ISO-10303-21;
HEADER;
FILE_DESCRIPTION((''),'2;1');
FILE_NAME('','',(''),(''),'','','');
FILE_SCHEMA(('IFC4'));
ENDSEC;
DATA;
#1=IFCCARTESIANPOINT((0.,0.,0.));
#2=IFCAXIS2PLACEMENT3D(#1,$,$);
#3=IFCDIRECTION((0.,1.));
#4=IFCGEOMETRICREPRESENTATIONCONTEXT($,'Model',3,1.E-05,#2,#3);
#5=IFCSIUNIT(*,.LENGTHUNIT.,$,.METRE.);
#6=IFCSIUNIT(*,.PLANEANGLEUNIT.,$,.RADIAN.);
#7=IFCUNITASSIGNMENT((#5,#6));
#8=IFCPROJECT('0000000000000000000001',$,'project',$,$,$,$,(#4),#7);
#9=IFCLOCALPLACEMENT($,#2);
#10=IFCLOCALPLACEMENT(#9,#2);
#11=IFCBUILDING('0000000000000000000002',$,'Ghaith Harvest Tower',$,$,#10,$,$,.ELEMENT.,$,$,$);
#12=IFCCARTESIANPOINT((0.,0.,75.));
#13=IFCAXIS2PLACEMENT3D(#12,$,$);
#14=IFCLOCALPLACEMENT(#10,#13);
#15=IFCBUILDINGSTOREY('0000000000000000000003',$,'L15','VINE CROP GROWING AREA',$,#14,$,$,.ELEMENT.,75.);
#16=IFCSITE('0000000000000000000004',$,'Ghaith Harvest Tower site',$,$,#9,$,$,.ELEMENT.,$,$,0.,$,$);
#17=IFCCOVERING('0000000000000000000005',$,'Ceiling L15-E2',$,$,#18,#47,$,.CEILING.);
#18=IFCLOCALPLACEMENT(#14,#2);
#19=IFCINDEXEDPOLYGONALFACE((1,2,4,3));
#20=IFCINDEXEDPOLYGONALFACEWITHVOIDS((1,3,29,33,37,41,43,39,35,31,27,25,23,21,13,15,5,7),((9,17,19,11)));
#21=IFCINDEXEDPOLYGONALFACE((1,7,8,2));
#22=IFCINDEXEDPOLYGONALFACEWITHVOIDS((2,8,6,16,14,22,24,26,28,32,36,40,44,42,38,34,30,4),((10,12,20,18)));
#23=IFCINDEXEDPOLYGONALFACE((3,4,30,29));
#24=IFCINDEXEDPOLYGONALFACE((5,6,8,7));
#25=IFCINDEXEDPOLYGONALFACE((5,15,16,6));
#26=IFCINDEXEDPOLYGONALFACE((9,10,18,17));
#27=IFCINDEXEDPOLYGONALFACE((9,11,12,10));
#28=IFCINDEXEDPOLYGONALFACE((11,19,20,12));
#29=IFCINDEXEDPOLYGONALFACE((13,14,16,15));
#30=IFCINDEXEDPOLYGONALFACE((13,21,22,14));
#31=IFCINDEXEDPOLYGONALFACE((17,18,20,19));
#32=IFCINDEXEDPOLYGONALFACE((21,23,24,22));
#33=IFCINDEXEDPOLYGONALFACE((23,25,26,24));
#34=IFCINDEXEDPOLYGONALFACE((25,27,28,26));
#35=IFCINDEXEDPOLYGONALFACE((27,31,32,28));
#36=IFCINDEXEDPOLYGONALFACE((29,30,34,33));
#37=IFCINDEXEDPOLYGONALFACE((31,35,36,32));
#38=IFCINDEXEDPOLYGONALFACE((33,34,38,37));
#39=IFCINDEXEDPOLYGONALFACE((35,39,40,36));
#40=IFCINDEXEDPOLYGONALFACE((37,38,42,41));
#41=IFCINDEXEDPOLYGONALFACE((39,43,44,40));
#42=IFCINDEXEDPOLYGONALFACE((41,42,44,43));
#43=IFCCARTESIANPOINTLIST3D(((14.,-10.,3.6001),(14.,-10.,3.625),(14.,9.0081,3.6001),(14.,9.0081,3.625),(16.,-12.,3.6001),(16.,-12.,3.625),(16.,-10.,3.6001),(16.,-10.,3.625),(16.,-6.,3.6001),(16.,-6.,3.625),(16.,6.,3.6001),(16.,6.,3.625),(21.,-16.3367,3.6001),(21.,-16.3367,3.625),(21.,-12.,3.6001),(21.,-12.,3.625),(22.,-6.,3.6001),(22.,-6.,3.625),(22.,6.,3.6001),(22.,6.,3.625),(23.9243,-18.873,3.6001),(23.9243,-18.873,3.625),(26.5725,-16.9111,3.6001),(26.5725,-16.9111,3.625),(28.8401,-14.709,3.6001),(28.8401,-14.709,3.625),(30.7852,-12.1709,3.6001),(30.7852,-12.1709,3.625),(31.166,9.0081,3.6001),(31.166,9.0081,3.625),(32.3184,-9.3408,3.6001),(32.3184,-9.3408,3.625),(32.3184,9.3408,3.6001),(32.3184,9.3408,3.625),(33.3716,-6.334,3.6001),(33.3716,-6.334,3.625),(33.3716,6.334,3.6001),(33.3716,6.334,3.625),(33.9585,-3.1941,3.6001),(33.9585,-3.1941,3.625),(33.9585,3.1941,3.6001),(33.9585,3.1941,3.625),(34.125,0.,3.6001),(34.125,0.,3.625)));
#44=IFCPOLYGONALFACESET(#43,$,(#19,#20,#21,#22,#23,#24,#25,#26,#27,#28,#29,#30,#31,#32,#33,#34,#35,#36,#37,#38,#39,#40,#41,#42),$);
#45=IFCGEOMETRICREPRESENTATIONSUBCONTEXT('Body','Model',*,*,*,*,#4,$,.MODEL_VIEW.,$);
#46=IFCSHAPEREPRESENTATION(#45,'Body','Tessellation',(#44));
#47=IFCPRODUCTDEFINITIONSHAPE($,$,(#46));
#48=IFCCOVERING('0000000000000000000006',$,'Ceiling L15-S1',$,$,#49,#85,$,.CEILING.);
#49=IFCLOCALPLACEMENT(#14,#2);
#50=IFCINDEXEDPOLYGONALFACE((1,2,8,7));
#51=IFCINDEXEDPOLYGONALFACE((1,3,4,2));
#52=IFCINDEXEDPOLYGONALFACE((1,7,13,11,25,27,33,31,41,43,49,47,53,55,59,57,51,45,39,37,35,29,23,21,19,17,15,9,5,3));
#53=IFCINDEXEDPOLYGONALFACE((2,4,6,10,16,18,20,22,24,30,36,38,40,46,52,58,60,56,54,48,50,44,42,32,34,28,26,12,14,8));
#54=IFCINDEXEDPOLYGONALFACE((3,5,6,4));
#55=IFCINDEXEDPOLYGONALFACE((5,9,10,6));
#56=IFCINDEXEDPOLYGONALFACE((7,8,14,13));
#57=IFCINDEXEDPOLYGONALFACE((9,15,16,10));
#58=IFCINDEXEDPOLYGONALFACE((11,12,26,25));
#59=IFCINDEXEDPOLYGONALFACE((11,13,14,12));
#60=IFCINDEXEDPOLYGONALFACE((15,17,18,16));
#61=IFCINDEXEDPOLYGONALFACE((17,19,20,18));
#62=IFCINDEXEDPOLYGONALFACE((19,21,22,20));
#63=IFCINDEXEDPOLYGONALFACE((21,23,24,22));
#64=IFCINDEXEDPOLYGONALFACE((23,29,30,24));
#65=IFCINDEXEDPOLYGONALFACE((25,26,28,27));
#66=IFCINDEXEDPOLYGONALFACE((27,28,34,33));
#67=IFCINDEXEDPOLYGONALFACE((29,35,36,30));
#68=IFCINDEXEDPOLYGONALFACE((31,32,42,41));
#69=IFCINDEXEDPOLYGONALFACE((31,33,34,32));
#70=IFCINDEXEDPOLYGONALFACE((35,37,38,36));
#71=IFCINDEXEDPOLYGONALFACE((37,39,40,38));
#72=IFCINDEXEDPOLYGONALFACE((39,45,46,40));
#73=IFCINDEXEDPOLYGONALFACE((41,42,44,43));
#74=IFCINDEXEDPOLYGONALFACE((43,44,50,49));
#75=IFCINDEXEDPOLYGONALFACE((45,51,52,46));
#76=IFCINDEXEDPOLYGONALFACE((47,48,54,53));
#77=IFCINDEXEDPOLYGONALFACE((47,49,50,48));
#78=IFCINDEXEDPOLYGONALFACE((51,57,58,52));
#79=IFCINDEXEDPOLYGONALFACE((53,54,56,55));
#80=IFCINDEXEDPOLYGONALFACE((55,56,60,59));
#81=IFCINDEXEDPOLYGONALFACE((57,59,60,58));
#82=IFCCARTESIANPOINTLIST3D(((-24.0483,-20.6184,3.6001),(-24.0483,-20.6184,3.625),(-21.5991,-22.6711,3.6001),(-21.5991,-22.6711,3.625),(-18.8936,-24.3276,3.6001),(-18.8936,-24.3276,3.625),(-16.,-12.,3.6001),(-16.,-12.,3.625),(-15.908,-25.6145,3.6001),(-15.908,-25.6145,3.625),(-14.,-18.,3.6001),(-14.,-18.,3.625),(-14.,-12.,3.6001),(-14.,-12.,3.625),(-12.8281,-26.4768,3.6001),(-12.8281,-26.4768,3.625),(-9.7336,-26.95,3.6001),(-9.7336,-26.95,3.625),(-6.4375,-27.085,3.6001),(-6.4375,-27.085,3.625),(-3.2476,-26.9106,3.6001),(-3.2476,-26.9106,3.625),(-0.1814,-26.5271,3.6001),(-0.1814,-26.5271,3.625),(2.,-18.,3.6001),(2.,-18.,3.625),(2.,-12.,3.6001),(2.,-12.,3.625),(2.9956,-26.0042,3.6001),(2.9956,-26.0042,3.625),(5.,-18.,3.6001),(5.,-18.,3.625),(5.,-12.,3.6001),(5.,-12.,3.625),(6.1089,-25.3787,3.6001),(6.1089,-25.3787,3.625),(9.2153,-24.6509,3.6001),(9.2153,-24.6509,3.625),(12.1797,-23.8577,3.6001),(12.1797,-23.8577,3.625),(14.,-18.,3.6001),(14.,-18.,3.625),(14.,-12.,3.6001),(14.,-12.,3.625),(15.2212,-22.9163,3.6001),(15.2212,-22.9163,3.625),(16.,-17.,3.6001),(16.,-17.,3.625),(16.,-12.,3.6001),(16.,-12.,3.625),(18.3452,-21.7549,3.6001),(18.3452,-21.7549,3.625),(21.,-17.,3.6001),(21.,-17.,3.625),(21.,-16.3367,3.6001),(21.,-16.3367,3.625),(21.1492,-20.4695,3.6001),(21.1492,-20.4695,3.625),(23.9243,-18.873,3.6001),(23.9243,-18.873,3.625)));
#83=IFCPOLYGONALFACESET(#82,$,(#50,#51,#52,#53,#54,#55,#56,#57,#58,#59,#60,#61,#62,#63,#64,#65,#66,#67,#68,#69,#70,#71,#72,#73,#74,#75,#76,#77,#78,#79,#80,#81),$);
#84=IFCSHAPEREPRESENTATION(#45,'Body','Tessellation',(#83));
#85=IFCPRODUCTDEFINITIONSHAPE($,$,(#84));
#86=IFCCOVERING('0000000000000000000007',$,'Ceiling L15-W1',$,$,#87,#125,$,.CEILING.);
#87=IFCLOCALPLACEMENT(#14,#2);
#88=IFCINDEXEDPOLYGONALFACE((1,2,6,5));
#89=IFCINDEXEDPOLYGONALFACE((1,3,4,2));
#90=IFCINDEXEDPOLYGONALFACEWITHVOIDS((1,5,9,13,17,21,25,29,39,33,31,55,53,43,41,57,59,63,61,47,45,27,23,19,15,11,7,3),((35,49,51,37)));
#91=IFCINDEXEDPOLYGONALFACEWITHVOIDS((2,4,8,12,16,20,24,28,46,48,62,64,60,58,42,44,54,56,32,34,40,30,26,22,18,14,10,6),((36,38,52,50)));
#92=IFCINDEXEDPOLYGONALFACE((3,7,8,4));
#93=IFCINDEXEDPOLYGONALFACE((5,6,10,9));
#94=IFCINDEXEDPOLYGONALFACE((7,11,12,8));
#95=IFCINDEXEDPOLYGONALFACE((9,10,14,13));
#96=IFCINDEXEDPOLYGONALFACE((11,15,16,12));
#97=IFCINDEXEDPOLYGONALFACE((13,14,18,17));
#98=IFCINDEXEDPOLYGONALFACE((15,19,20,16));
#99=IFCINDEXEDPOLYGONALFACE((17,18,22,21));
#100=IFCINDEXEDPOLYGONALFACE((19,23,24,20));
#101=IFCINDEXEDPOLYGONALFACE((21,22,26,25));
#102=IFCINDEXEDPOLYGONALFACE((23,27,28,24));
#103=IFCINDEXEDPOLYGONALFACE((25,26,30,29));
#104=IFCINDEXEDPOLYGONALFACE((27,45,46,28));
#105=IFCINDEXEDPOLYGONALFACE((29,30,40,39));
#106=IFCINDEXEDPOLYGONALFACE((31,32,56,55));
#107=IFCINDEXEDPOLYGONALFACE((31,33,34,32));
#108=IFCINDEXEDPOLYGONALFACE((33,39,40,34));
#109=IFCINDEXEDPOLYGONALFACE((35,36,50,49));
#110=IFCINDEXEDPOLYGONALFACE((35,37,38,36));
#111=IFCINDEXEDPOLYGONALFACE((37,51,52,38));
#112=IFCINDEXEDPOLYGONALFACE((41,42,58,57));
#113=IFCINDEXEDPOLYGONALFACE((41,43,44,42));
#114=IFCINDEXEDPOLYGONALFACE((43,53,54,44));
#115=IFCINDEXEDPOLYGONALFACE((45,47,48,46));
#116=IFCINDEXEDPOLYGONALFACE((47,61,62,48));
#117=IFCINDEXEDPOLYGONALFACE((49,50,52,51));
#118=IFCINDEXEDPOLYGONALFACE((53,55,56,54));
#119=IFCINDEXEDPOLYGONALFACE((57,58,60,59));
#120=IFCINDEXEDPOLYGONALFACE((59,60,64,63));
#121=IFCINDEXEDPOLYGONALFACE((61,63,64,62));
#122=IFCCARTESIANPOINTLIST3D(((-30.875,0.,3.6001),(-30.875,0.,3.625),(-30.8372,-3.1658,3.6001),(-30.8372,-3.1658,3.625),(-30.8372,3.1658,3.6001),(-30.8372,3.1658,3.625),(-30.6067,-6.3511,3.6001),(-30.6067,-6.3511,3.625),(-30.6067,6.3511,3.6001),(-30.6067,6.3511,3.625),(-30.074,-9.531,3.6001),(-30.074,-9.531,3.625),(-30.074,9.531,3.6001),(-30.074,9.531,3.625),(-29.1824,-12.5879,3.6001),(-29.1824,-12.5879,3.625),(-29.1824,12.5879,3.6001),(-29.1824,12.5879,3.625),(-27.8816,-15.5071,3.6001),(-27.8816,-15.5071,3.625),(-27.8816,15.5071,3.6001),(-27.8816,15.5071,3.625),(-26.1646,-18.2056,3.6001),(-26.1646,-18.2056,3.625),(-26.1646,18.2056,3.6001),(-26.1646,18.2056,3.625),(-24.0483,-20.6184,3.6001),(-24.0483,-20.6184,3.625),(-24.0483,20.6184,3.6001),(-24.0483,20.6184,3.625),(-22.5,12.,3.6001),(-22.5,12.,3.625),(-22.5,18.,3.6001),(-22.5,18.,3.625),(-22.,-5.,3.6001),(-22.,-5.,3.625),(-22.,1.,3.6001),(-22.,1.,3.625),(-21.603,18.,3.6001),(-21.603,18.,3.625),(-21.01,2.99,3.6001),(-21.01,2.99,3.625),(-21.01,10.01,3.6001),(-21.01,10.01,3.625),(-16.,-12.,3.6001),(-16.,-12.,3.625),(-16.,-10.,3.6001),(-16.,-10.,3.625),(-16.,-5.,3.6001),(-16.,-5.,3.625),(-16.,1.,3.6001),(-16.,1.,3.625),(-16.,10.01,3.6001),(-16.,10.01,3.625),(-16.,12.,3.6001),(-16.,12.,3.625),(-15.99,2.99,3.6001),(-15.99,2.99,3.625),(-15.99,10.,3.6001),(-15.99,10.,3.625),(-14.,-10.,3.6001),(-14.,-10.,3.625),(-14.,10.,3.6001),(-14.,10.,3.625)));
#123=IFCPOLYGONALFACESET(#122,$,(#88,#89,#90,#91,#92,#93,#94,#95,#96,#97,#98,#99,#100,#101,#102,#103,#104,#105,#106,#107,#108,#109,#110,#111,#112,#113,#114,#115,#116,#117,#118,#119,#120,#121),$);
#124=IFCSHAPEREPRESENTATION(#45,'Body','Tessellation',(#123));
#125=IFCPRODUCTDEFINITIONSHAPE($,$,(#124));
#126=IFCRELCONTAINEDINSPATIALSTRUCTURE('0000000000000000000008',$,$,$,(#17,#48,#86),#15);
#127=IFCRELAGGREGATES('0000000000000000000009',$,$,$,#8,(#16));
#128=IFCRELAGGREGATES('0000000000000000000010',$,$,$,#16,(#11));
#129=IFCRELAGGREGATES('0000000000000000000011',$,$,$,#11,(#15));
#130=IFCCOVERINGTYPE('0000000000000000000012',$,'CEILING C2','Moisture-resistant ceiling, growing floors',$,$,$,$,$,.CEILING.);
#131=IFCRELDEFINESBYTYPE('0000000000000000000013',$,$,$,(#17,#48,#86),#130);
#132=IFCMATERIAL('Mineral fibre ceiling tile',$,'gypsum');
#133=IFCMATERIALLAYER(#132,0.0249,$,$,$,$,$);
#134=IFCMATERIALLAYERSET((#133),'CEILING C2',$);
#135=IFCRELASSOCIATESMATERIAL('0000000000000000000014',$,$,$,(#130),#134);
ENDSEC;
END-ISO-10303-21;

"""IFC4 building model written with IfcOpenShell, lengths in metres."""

from ifc_helpers import new_model, si_unit, direction, frame, origin, place, context, subcontext, project, spatial, polyline, outline, extrude, material, layer, layer_set, type_object, element, save


model = new_model("IFC4")

# Units and contexts
model_context = context("Model", 3, precision=1e-05, world=origin(), true_north=direction((0.0, 1.0)))
body_context = subcontext(model_context, "Body", "Model", "MODEL_VIEW")
ifc_project = project(units=[si_unit("LENGTHUNIT", "METRE"), si_unit("PLANEANGLEUNIT", "RADIAN")], contexts=[model_context])

# Site, building, storey
site_placement = place(None, origin())
site = spatial("IfcSite", under=ifc_project, at=site_placement, Name="Ghaith Harvest Tower site", CompositionType="ELEMENT", RefElevation=0.0)
building_placement = place(site_placement, origin())
building = spatial("IfcBuilding", under=site, at=building_placement, Name="Ghaith Harvest Tower", CompositionType="ELEMENT")
storey_placement = place(building_placement, frame((0.0, 0.0, 75.0)))
storey = spatial("IfcBuildingStorey", under=building, at=storey_placement, Name="L15", Description="VINE CROP GROWING AREA", CompositionType="ELEMENT", Elevation=75.0)

# Coverings
ifc_material_1 = material(Name="Mineral fibre ceiling tile", Category="gypsum")
ifc_layer_1 = layer(ifc_material_1, 0.0249)
ifc_layer_set_1 = layer_set([ifc_layer_1], Name="CEILING C2")
covering_type = type_object("IfcCoveringType", Name="CEILING C2", Description="Moisture-resistant ceiling, growing floors", PredefinedType="CEILING", material=ifc_layer_set_1)
covering_1_placement = place(storey_placement, frame((0.0, 0.0, 3.6001)))
element("IfcCovering", 1, at=covering_1_placement, inside=storey, type_object=covering_type, Name="Ceiling L15-E2", PredefinedType="CEILING", context=body_context, shape_type="SweptSolid", body=[
    extrude(outline(polyline([(32.3184, 9.3408), (33.3716, 6.334), (33.9585, 3.1941), (34.125, 0.0), (33.9585, -3.1941), (33.3716, -6.334), (32.3184, -9.3408), (30.7852, -12.1709), (28.8401, -14.709), (26.5725, -16.9111), (23.9243, -18.873), (21.0, -16.3367), (21.0, -12.0), (16.0, -12.0), (16.0, -10.0), (14.0, -10.0), (14.0, 9.0081), (31.166, 9.0081), (32.3184, 9.3408)]), holes=[polyline([(16.0, -6.0), (22.0, -6.0), (22.0, 6.0), (16.0, 6.0), (16.0, -6.0)])]), origin(), (0.0, 0.0, 1.0), 0.0249),
])
covering_2_placement = place(storey_placement, frame((0.0, 0.0, 3.6001)))
element("IfcCovering", 2, at=covering_2_placement, inside=storey, type_object=covering_type, Name="Ceiling L15-S1", PredefinedType="CEILING", context=body_context, shape_type="SweptSolid", body=[
    extrude(outline(polyline([(-15.908, -25.6145), (-18.8936, -24.3276), (-21.5991, -22.6711), (-24.0483, -20.6184), (-16.0, -12.0), (-14.0, -12.0), (-14.0, -18.0), (2.0, -18.0), (2.0, -12.0), (5.0, -12.0), (5.0, -18.0), (14.0, -18.0), (14.0, -12.0), (16.0, -12.0), (16.0, -17.0), (21.0, -17.0), (21.0, -16.3367), (23.9243, -18.873), (21.1492, -20.4695), (18.3452, -21.7549), (15.2212, -22.9163), (12.1797, -23.8577), (9.2153, -24.6509), (6.1089, -25.3787), (2.9956, -26.0042), (-0.1814, -26.5271), (-3.2476, -26.9106), (-6.4375, -27.085), (-9.7336, -26.95), (-12.8281, -26.4768), (-15.908, -25.6145)])), origin(), (0.0, 0.0, 1.0), 0.0249),
])
covering_3_placement = place(storey_placement, frame((0.0, 0.0, 3.6001)))
element("IfcCovering", 3, at=covering_3_placement, inside=storey, type_object=covering_type, Name="Ceiling L15-W1", PredefinedType="CEILING", context=body_context, shape_type="SweptSolid", body=[
    extrude(outline(polyline([(-27.8816, -15.5071), (-29.1824, -12.5879), (-30.074, -9.531), (-30.6067, -6.3511), (-30.8372, -3.1658), (-30.875, 0.0), (-30.8372, 3.1658), (-30.6067, 6.3511), (-30.074, 9.531), (-29.1824, 12.5879), (-27.8816, 15.5071), (-26.1646, 18.2056), (-24.0483, 20.6184), (-21.603, 18.0), (-22.5, 18.0), (-22.5, 12.0), (-16.0, 12.0), (-16.0, 10.01), (-21.01, 10.01), (-21.01, 2.99), (-15.99, 2.99), (-15.99, 10.0), (-14.0, 10.0), (-14.0, -10.0), (-16.0, -10.0), (-16.0, -12.0), (-24.0483, -20.6184), (-26.1646, -18.2056), (-27.8816, -15.5071)]), holes=[polyline([(-16.0, 1.0), (-22.0, 1.0), (-22.0, -5.0), (-16.0, -5.0), (-16.0, 1.0)])]), origin(), (0.0, 0.0, 1.0), 0.0249),
])

save(model, "model.ifc")
